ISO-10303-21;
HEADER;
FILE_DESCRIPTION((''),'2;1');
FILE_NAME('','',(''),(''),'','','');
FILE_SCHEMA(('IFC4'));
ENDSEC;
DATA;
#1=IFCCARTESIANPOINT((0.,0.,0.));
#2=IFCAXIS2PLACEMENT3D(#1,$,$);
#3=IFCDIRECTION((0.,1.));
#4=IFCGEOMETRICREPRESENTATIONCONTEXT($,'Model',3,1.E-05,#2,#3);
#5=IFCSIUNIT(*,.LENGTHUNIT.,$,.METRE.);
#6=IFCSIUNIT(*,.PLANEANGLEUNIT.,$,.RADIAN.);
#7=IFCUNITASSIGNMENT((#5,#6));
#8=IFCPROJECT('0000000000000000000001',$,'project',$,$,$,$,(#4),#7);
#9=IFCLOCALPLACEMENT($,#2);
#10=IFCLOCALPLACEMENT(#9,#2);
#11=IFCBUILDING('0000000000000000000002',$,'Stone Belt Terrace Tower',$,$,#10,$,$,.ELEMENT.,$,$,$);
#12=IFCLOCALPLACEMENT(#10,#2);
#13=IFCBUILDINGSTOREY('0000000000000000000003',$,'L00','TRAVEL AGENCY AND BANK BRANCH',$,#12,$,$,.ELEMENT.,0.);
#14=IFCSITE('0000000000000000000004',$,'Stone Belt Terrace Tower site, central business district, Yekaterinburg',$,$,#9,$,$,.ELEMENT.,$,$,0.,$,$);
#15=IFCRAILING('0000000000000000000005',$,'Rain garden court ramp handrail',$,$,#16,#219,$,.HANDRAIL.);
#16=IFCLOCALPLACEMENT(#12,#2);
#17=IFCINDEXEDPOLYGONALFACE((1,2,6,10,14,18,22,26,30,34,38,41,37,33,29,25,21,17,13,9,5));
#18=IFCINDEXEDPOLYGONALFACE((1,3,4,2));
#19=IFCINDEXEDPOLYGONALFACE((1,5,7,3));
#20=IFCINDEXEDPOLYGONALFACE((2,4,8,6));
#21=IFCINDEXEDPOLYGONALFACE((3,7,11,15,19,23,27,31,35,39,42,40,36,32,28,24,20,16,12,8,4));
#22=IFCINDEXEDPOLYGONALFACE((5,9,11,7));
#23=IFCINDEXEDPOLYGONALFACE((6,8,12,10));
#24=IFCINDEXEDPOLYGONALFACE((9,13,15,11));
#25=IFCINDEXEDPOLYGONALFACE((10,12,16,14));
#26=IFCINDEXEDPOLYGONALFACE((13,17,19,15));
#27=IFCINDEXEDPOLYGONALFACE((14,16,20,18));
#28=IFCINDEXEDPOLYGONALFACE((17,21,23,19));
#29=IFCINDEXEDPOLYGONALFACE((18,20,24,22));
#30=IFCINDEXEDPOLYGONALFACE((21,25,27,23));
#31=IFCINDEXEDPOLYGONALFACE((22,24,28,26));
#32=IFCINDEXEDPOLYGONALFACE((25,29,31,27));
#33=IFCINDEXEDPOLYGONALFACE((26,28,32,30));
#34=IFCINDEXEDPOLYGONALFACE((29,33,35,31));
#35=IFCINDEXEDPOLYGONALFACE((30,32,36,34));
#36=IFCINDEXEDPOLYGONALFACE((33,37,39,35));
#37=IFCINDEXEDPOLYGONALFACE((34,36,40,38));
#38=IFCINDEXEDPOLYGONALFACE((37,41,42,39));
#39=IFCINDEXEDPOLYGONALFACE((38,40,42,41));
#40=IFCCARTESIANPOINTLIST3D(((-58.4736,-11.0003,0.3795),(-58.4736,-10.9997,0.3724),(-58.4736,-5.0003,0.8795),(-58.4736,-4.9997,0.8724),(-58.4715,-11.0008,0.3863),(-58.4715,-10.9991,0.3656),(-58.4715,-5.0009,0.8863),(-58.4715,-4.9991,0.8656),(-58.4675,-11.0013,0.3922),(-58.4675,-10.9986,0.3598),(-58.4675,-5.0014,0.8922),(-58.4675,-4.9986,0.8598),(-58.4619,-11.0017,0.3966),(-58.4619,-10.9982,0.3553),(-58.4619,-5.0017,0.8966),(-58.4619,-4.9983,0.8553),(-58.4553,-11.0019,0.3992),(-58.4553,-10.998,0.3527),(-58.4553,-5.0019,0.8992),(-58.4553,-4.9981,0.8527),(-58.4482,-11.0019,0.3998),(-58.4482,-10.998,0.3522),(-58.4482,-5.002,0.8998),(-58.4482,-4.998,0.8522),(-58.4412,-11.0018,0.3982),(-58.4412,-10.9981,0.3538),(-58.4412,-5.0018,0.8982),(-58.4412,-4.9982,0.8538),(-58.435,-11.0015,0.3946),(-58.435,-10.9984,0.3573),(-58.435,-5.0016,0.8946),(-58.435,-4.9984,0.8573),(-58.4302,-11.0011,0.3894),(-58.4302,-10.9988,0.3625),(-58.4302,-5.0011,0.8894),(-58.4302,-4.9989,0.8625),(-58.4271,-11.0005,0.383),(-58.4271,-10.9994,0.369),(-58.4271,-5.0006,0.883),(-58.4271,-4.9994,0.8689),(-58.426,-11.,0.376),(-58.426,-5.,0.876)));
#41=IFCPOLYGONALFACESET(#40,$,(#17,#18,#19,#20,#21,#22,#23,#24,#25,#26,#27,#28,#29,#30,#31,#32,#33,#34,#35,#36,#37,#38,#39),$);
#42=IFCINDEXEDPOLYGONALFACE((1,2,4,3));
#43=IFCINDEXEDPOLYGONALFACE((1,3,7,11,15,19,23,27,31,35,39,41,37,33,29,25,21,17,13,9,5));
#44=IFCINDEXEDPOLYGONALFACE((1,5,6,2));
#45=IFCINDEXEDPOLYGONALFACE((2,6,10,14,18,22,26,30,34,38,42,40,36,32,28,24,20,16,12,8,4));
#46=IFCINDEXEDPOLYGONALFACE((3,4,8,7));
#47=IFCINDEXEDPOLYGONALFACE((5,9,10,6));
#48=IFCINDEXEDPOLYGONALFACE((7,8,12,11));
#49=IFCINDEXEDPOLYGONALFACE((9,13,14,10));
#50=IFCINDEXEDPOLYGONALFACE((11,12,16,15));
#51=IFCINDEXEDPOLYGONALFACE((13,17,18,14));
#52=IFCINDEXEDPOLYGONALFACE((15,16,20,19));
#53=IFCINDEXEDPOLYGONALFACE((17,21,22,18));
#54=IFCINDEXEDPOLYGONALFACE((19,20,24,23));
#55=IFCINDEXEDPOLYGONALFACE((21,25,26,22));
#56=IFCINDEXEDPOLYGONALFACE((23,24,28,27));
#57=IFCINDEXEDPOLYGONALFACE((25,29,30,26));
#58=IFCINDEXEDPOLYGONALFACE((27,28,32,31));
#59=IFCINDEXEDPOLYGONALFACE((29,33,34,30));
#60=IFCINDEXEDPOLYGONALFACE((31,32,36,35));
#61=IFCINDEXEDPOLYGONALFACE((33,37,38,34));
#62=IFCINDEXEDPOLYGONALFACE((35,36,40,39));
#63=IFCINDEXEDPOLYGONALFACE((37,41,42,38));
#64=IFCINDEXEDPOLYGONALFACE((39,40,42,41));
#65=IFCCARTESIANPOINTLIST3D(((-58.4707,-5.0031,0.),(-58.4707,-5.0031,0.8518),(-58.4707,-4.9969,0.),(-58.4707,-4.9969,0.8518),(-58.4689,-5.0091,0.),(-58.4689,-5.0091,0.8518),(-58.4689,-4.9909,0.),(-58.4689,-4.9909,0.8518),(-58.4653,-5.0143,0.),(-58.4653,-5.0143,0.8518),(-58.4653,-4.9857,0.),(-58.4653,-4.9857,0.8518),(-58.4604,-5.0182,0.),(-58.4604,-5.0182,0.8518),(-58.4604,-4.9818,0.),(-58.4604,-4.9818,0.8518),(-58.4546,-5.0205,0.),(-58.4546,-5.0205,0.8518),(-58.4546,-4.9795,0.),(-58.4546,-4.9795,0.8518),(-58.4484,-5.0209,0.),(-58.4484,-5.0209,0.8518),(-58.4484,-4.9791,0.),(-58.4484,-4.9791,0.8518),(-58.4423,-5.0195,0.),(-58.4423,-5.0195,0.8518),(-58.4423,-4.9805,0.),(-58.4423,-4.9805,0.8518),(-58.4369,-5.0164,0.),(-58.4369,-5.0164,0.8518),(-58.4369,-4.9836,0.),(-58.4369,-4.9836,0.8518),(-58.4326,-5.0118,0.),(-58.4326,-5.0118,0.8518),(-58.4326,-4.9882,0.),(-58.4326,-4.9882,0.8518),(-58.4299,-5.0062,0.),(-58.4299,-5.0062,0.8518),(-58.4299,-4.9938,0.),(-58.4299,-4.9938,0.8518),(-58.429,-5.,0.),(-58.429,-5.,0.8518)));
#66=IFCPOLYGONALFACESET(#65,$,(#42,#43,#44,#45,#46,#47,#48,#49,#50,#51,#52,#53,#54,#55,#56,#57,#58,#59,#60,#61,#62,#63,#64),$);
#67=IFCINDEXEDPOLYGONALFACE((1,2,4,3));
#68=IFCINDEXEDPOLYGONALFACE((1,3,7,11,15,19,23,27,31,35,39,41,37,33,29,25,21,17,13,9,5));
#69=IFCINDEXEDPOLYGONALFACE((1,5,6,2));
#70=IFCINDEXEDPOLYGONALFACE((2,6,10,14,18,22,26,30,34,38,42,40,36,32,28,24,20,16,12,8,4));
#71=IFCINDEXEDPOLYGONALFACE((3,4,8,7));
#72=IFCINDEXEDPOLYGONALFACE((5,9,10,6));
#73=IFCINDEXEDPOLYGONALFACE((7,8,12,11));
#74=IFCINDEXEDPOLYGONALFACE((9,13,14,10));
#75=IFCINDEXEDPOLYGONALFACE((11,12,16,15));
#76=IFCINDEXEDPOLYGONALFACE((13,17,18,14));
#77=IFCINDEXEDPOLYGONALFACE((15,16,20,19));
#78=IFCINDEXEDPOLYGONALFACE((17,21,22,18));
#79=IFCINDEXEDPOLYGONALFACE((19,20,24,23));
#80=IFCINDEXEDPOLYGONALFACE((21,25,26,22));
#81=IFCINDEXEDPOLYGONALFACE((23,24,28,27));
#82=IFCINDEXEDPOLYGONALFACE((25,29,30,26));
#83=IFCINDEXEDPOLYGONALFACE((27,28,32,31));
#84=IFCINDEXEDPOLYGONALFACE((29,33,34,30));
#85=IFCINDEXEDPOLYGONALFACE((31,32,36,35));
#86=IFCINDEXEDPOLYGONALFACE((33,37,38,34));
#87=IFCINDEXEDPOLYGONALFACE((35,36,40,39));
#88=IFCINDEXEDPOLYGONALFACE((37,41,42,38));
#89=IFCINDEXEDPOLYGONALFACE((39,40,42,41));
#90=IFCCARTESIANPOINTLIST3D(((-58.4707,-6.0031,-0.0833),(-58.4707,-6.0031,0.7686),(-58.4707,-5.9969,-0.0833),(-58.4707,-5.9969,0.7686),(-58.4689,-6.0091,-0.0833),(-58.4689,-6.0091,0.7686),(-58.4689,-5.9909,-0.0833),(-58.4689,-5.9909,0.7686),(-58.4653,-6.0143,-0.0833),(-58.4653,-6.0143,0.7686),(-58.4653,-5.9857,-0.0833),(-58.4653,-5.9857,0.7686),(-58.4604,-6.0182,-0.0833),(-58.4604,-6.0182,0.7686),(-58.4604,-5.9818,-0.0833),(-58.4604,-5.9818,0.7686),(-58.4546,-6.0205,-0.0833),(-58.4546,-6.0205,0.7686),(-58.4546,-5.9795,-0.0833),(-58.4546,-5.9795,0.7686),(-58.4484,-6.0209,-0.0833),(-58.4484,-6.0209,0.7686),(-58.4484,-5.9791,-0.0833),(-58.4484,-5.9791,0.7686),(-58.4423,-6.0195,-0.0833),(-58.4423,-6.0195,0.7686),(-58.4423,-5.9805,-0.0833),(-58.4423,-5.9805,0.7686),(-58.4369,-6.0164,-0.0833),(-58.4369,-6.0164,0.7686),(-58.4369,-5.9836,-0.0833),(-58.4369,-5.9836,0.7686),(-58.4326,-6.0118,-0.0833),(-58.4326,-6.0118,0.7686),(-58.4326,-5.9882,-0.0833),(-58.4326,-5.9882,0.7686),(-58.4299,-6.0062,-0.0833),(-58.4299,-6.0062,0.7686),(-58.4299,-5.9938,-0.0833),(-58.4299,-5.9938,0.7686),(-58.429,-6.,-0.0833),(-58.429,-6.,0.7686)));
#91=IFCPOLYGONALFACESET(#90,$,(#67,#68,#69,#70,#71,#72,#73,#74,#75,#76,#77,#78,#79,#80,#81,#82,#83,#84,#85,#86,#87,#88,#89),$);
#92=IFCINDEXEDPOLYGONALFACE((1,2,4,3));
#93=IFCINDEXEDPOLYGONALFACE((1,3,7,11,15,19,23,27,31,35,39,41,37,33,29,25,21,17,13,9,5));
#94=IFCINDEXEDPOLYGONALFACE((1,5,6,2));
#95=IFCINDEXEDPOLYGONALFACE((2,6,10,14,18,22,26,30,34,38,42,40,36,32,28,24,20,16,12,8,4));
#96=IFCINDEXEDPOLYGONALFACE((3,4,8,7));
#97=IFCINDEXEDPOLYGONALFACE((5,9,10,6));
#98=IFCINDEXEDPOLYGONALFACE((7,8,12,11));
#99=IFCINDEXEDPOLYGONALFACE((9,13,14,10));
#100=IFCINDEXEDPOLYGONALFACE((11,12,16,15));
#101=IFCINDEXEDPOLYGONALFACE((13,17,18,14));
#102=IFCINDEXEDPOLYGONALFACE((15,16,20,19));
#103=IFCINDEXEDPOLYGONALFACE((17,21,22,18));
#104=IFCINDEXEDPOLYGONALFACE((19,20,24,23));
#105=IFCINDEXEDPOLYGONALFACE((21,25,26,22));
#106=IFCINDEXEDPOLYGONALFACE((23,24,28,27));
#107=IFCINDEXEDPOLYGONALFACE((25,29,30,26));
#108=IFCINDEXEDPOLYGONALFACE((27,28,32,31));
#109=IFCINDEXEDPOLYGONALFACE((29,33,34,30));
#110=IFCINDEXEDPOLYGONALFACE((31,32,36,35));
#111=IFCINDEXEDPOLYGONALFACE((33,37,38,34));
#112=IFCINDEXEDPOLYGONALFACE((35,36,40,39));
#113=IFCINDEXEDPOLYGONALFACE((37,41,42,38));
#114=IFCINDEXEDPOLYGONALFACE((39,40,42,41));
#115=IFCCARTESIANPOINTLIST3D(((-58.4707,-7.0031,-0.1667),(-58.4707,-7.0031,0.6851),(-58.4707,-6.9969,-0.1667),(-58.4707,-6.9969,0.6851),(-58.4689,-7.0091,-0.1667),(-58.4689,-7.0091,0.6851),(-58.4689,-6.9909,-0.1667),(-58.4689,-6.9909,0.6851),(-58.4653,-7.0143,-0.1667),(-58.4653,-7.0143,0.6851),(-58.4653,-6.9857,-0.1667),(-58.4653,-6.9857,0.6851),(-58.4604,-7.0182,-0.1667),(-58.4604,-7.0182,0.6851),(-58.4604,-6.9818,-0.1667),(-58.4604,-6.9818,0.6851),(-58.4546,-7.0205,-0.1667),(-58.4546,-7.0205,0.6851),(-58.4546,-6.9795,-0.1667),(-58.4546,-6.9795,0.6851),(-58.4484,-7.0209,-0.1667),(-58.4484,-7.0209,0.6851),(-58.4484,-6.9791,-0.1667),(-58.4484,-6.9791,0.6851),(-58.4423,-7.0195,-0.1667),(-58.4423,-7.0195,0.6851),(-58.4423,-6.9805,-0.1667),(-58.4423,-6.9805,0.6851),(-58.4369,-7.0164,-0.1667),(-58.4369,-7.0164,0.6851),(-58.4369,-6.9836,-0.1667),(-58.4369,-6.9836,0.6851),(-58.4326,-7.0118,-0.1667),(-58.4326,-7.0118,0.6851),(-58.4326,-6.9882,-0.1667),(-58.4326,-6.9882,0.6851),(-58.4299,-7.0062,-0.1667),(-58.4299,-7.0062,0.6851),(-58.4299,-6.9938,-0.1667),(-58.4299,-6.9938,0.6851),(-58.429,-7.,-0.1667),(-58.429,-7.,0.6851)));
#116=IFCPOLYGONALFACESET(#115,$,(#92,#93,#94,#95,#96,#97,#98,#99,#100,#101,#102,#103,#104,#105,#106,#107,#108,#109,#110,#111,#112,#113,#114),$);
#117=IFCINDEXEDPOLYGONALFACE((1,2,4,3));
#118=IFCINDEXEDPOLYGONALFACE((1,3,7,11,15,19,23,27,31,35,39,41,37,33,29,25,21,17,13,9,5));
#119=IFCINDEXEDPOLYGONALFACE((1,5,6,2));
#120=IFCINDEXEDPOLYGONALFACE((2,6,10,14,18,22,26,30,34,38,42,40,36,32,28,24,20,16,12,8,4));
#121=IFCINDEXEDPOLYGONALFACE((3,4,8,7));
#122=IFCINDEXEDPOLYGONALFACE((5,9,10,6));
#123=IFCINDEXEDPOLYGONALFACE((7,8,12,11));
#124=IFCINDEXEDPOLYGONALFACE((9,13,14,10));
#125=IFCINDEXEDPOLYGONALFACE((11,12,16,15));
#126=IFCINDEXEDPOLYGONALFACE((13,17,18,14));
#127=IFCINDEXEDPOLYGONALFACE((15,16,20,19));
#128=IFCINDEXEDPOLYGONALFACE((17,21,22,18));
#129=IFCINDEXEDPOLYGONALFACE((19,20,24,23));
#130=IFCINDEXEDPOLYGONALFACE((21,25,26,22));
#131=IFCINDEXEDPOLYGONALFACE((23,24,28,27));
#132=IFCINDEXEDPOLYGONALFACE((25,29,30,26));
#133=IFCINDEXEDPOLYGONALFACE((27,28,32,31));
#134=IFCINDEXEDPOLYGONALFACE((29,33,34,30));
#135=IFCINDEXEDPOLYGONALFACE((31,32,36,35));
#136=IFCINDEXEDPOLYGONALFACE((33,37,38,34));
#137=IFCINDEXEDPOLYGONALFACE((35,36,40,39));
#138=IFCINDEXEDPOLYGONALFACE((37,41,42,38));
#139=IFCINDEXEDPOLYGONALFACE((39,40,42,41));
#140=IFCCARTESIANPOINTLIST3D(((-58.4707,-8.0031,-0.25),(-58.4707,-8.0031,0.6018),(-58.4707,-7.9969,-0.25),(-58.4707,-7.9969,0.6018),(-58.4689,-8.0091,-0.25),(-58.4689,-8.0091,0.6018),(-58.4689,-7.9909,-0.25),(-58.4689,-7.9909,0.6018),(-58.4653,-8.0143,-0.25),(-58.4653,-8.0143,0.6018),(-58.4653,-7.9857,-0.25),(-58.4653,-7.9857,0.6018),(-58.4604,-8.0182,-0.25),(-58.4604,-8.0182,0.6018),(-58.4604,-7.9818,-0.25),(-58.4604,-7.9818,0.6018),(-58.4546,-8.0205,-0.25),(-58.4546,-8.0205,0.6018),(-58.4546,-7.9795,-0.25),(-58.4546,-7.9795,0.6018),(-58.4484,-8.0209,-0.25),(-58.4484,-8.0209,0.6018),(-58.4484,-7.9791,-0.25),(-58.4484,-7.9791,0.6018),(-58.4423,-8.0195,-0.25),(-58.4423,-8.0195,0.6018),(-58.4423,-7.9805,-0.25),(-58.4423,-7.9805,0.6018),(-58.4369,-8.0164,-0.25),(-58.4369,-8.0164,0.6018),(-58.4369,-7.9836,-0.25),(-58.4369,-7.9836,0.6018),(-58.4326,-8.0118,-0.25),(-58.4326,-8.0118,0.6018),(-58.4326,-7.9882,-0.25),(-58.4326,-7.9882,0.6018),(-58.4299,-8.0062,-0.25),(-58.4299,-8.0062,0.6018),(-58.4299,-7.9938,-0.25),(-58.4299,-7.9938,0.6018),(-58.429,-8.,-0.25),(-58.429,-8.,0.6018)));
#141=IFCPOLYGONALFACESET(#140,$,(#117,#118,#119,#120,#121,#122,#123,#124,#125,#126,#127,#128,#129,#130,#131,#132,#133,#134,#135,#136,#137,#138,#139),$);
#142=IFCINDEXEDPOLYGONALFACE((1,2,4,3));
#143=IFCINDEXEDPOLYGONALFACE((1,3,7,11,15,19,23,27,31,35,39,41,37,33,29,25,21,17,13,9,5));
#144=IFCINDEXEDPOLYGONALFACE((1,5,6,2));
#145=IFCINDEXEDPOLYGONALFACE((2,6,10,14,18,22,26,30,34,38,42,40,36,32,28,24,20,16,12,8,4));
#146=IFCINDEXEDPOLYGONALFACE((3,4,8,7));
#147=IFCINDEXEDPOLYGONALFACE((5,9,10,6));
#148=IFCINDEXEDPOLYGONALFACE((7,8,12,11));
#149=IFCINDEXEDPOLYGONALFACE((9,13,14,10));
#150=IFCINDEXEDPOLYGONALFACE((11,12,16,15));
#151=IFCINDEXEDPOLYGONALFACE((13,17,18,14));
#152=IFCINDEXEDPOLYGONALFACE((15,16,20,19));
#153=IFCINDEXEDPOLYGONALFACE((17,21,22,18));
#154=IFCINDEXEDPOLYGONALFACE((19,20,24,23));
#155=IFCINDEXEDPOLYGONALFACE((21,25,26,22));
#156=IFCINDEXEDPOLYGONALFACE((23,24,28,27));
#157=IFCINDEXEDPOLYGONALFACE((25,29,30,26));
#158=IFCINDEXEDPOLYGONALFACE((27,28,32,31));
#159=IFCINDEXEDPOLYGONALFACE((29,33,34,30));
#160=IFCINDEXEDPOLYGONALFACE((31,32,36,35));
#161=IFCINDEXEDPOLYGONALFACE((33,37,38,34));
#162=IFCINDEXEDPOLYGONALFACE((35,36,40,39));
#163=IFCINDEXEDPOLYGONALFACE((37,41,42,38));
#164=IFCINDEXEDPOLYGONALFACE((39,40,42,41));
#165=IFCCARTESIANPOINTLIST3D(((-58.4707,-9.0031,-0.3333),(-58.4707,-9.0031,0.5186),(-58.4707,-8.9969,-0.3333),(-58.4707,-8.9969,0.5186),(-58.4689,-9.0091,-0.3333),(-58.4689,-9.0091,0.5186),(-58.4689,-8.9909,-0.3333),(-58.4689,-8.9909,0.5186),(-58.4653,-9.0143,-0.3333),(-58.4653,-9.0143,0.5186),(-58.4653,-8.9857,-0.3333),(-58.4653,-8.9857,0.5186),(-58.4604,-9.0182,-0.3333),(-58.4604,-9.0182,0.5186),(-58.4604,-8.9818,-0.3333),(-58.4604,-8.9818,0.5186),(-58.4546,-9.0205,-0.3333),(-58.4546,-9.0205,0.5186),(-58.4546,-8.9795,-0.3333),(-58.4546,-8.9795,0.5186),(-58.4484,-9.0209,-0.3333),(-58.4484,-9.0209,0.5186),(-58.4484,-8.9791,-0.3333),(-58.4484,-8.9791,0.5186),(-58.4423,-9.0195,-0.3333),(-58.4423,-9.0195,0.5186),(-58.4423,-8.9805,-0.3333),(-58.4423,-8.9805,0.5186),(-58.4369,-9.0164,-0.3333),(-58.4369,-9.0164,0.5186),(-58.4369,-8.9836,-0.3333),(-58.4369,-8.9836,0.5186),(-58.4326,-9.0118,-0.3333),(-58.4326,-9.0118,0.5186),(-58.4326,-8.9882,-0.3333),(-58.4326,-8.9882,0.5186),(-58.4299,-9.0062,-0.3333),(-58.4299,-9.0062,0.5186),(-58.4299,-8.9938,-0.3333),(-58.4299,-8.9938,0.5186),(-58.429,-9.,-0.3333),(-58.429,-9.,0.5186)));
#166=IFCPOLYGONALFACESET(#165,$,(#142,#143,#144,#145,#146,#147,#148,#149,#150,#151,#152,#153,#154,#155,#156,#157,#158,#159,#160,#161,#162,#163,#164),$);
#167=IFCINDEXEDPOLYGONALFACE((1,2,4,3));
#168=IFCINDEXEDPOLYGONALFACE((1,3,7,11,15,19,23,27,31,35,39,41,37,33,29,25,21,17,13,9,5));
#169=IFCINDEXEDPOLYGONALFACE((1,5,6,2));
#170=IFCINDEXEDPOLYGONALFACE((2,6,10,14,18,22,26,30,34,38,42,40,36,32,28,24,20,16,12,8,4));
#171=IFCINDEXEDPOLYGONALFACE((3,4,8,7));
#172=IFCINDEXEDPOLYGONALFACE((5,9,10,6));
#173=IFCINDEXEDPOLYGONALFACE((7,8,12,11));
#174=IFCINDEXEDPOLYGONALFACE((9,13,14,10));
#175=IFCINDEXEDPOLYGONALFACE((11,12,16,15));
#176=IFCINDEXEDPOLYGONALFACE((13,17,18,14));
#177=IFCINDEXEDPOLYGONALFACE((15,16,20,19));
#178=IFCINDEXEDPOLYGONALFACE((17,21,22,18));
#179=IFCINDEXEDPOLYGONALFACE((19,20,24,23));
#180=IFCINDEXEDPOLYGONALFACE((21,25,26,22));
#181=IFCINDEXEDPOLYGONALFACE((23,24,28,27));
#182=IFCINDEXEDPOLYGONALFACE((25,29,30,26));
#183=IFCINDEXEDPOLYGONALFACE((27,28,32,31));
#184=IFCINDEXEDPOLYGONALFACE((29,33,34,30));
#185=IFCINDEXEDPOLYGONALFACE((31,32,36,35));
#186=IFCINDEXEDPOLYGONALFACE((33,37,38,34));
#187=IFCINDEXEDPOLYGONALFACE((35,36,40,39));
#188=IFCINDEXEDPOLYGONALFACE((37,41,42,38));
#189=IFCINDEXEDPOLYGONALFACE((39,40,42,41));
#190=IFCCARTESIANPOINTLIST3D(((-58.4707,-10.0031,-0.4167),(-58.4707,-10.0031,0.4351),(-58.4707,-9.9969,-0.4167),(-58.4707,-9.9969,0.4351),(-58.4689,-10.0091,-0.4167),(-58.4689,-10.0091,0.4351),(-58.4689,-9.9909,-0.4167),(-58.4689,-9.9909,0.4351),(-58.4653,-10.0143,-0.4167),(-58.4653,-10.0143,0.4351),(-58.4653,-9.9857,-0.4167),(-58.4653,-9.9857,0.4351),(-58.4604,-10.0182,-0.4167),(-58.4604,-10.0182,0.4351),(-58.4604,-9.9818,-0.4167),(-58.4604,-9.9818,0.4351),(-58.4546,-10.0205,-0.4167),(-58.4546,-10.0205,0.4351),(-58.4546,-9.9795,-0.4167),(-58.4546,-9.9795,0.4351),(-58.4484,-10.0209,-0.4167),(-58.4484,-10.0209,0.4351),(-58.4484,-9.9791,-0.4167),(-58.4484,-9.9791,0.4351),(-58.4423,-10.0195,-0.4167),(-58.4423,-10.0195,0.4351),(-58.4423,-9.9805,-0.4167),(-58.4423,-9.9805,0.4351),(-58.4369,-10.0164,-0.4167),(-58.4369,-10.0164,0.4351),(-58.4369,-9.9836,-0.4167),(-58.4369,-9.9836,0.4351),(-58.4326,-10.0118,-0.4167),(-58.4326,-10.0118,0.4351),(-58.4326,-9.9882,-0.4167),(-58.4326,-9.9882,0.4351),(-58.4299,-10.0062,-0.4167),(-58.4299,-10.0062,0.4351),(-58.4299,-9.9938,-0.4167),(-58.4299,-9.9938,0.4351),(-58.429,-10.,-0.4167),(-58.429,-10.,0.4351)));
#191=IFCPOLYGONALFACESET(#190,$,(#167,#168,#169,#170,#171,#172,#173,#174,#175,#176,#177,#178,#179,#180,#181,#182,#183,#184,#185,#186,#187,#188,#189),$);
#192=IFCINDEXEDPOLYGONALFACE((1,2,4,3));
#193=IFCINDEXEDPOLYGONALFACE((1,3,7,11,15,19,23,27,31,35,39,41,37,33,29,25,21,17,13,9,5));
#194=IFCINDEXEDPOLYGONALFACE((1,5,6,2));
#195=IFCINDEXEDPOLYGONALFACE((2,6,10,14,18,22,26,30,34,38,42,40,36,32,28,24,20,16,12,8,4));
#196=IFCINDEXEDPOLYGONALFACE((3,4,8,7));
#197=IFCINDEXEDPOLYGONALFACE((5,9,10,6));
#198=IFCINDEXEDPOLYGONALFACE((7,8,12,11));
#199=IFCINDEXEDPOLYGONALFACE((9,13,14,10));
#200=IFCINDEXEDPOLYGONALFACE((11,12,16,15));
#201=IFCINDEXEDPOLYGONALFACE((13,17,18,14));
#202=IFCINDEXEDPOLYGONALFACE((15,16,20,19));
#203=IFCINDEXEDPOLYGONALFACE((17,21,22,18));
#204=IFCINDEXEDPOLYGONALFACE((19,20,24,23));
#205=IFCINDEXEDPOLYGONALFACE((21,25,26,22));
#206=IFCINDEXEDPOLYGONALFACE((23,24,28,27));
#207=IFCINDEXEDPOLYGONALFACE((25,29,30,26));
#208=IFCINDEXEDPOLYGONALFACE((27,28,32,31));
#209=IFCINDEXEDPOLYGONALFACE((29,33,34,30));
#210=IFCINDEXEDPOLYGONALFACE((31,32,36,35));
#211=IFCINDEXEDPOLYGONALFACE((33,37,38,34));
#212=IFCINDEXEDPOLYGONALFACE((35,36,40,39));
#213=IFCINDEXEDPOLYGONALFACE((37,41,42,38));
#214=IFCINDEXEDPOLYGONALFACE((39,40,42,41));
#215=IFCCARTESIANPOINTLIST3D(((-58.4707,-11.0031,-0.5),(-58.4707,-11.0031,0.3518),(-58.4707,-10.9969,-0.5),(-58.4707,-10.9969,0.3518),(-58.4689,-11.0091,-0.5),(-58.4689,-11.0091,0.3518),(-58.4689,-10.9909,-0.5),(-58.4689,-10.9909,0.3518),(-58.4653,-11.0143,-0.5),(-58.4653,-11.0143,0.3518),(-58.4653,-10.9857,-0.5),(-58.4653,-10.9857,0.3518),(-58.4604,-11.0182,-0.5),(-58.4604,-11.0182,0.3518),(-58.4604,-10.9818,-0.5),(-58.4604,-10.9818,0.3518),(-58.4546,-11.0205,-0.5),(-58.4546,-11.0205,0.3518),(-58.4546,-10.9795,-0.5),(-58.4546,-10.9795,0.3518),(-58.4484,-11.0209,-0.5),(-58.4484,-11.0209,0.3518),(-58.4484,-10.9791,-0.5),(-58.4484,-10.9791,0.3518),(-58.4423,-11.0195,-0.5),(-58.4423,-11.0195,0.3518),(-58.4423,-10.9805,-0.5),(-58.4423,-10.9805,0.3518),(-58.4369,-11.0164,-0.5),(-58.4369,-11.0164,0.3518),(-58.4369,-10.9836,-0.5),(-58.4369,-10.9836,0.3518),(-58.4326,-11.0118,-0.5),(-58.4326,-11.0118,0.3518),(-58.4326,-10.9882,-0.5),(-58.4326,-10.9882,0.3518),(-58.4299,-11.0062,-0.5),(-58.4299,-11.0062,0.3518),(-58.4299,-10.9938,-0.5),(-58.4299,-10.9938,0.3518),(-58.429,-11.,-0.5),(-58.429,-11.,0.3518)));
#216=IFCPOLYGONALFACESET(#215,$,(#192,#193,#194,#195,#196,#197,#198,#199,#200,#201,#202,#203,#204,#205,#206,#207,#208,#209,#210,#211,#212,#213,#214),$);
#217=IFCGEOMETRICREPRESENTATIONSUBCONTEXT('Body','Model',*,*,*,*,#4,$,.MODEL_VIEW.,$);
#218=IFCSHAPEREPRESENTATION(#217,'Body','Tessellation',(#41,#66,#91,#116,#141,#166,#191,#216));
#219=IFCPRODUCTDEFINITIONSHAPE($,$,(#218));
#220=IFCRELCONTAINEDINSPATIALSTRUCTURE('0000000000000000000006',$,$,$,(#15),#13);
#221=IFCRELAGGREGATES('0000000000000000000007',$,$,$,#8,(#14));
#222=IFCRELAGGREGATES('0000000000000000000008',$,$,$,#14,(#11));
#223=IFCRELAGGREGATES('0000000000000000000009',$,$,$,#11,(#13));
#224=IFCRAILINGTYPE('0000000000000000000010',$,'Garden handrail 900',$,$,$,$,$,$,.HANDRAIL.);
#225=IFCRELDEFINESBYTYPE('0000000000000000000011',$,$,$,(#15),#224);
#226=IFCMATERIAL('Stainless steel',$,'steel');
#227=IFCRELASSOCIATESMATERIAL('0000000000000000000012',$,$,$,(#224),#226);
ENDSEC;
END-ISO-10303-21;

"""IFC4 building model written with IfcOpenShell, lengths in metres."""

from ifc_helpers import new_model, si_unit, direction, frame, origin, origin_2d, place, context, subcontext, project, spatial, circle, extrude, material, type_object, element, save


model = new_model("IFC4")

# Units and contexts
model_context = context("Model", 3, precision=1e-05, world=origin(), true_north=direction((0.0, 1.0)))
body_context = subcontext(model_context, "Body", "Model", "MODEL_VIEW")
ifc_project = project(units=[si_unit("LENGTHUNIT", "METRE"), si_unit("PLANEANGLEUNIT", "RADIAN")], contexts=[model_context])

# Site, building, storey
site_placement = place(None, origin())
site = spatial("IfcSite", under=ifc_project, at=site_placement, Name="Stone Belt Terrace Tower site, central business district, Yekaterinburg", CompositionType="ELEMENT", RefElevation=0.0)
building_placement = place(site_placement, origin())
building = spatial("IfcBuilding", under=site, at=building_placement, Name="Stone Belt Terrace Tower", CompositionType="ELEMENT")
storey_placement = place(building_placement, origin())
storey = spatial("IfcBuildingStorey", under=building, at=storey_placement, Name="L00", Description="TRAVEL AGENCY AND BANK BRANCH", CompositionType="ELEMENT", Elevation=0.0)

# Railing
ifc_material_1 = material(Name="Stainless steel", Category="steel")
railing_type_1 = type_object("IfcRailingType", Name="Garden handrail 900", PredefinedType="HANDRAIL", material=ifc_material_1)
for number, where, name in (
    (1, (-58.45, -5.0, 0.0), "Rain garden court ramp handrail"),
):
    element("IfcRailing", number, at=place(storey_placement, frame(where)), inside=storey, type_object=railing_type_1, Name=name, PredefinedType="HANDRAIL", context=body_context, shape_type="SweptSolid", body=[
        extrude(circle(Radius=0.0239, at=origin_2d()), frame((0.0, 0.0, 0.876), z_axis=(0.0, -0.996546, -0.083045), x_axis=(1.0, 0.0, 0.0)), (0.0, 0.0, 1.0), 6.0208),
        extrude(circle(Radius=0.021, at=origin_2d()), origin(), (0.0, 0.0, 1.0), 0.8518),
        extrude(circle(Radius=0.021, at=origin_2d()), frame((0.0, -1.0, -0.0833)), (0.0, 0.0, 1.0), 0.8518),
        extrude(circle(Radius=0.021, at=origin_2d()), frame((0.0, -2.0, -0.1667)), (0.0, 0.0, 1.0), 0.8518),
        extrude(circle(Radius=0.021, at=origin_2d()), frame((0.0, -3.0, -0.25)), (0.0, 0.0, 1.0), 0.8518),
        extrude(circle(Radius=0.021, at=origin_2d()), frame((0.0, -4.0, -0.3333)), (0.0, 0.0, 1.0), 0.8518),
        extrude(circle(Radius=0.021, at=origin_2d()), frame((0.0, -5.0, -0.4167)), (0.0, 0.0, 1.0), 0.8518),
        extrude(circle(Radius=0.021, at=origin_2d()), frame((0.0, -6.0, -0.5)), (0.0, 0.0, 1.0), 0.8518),
    ])

save(model, "model.ifc")
